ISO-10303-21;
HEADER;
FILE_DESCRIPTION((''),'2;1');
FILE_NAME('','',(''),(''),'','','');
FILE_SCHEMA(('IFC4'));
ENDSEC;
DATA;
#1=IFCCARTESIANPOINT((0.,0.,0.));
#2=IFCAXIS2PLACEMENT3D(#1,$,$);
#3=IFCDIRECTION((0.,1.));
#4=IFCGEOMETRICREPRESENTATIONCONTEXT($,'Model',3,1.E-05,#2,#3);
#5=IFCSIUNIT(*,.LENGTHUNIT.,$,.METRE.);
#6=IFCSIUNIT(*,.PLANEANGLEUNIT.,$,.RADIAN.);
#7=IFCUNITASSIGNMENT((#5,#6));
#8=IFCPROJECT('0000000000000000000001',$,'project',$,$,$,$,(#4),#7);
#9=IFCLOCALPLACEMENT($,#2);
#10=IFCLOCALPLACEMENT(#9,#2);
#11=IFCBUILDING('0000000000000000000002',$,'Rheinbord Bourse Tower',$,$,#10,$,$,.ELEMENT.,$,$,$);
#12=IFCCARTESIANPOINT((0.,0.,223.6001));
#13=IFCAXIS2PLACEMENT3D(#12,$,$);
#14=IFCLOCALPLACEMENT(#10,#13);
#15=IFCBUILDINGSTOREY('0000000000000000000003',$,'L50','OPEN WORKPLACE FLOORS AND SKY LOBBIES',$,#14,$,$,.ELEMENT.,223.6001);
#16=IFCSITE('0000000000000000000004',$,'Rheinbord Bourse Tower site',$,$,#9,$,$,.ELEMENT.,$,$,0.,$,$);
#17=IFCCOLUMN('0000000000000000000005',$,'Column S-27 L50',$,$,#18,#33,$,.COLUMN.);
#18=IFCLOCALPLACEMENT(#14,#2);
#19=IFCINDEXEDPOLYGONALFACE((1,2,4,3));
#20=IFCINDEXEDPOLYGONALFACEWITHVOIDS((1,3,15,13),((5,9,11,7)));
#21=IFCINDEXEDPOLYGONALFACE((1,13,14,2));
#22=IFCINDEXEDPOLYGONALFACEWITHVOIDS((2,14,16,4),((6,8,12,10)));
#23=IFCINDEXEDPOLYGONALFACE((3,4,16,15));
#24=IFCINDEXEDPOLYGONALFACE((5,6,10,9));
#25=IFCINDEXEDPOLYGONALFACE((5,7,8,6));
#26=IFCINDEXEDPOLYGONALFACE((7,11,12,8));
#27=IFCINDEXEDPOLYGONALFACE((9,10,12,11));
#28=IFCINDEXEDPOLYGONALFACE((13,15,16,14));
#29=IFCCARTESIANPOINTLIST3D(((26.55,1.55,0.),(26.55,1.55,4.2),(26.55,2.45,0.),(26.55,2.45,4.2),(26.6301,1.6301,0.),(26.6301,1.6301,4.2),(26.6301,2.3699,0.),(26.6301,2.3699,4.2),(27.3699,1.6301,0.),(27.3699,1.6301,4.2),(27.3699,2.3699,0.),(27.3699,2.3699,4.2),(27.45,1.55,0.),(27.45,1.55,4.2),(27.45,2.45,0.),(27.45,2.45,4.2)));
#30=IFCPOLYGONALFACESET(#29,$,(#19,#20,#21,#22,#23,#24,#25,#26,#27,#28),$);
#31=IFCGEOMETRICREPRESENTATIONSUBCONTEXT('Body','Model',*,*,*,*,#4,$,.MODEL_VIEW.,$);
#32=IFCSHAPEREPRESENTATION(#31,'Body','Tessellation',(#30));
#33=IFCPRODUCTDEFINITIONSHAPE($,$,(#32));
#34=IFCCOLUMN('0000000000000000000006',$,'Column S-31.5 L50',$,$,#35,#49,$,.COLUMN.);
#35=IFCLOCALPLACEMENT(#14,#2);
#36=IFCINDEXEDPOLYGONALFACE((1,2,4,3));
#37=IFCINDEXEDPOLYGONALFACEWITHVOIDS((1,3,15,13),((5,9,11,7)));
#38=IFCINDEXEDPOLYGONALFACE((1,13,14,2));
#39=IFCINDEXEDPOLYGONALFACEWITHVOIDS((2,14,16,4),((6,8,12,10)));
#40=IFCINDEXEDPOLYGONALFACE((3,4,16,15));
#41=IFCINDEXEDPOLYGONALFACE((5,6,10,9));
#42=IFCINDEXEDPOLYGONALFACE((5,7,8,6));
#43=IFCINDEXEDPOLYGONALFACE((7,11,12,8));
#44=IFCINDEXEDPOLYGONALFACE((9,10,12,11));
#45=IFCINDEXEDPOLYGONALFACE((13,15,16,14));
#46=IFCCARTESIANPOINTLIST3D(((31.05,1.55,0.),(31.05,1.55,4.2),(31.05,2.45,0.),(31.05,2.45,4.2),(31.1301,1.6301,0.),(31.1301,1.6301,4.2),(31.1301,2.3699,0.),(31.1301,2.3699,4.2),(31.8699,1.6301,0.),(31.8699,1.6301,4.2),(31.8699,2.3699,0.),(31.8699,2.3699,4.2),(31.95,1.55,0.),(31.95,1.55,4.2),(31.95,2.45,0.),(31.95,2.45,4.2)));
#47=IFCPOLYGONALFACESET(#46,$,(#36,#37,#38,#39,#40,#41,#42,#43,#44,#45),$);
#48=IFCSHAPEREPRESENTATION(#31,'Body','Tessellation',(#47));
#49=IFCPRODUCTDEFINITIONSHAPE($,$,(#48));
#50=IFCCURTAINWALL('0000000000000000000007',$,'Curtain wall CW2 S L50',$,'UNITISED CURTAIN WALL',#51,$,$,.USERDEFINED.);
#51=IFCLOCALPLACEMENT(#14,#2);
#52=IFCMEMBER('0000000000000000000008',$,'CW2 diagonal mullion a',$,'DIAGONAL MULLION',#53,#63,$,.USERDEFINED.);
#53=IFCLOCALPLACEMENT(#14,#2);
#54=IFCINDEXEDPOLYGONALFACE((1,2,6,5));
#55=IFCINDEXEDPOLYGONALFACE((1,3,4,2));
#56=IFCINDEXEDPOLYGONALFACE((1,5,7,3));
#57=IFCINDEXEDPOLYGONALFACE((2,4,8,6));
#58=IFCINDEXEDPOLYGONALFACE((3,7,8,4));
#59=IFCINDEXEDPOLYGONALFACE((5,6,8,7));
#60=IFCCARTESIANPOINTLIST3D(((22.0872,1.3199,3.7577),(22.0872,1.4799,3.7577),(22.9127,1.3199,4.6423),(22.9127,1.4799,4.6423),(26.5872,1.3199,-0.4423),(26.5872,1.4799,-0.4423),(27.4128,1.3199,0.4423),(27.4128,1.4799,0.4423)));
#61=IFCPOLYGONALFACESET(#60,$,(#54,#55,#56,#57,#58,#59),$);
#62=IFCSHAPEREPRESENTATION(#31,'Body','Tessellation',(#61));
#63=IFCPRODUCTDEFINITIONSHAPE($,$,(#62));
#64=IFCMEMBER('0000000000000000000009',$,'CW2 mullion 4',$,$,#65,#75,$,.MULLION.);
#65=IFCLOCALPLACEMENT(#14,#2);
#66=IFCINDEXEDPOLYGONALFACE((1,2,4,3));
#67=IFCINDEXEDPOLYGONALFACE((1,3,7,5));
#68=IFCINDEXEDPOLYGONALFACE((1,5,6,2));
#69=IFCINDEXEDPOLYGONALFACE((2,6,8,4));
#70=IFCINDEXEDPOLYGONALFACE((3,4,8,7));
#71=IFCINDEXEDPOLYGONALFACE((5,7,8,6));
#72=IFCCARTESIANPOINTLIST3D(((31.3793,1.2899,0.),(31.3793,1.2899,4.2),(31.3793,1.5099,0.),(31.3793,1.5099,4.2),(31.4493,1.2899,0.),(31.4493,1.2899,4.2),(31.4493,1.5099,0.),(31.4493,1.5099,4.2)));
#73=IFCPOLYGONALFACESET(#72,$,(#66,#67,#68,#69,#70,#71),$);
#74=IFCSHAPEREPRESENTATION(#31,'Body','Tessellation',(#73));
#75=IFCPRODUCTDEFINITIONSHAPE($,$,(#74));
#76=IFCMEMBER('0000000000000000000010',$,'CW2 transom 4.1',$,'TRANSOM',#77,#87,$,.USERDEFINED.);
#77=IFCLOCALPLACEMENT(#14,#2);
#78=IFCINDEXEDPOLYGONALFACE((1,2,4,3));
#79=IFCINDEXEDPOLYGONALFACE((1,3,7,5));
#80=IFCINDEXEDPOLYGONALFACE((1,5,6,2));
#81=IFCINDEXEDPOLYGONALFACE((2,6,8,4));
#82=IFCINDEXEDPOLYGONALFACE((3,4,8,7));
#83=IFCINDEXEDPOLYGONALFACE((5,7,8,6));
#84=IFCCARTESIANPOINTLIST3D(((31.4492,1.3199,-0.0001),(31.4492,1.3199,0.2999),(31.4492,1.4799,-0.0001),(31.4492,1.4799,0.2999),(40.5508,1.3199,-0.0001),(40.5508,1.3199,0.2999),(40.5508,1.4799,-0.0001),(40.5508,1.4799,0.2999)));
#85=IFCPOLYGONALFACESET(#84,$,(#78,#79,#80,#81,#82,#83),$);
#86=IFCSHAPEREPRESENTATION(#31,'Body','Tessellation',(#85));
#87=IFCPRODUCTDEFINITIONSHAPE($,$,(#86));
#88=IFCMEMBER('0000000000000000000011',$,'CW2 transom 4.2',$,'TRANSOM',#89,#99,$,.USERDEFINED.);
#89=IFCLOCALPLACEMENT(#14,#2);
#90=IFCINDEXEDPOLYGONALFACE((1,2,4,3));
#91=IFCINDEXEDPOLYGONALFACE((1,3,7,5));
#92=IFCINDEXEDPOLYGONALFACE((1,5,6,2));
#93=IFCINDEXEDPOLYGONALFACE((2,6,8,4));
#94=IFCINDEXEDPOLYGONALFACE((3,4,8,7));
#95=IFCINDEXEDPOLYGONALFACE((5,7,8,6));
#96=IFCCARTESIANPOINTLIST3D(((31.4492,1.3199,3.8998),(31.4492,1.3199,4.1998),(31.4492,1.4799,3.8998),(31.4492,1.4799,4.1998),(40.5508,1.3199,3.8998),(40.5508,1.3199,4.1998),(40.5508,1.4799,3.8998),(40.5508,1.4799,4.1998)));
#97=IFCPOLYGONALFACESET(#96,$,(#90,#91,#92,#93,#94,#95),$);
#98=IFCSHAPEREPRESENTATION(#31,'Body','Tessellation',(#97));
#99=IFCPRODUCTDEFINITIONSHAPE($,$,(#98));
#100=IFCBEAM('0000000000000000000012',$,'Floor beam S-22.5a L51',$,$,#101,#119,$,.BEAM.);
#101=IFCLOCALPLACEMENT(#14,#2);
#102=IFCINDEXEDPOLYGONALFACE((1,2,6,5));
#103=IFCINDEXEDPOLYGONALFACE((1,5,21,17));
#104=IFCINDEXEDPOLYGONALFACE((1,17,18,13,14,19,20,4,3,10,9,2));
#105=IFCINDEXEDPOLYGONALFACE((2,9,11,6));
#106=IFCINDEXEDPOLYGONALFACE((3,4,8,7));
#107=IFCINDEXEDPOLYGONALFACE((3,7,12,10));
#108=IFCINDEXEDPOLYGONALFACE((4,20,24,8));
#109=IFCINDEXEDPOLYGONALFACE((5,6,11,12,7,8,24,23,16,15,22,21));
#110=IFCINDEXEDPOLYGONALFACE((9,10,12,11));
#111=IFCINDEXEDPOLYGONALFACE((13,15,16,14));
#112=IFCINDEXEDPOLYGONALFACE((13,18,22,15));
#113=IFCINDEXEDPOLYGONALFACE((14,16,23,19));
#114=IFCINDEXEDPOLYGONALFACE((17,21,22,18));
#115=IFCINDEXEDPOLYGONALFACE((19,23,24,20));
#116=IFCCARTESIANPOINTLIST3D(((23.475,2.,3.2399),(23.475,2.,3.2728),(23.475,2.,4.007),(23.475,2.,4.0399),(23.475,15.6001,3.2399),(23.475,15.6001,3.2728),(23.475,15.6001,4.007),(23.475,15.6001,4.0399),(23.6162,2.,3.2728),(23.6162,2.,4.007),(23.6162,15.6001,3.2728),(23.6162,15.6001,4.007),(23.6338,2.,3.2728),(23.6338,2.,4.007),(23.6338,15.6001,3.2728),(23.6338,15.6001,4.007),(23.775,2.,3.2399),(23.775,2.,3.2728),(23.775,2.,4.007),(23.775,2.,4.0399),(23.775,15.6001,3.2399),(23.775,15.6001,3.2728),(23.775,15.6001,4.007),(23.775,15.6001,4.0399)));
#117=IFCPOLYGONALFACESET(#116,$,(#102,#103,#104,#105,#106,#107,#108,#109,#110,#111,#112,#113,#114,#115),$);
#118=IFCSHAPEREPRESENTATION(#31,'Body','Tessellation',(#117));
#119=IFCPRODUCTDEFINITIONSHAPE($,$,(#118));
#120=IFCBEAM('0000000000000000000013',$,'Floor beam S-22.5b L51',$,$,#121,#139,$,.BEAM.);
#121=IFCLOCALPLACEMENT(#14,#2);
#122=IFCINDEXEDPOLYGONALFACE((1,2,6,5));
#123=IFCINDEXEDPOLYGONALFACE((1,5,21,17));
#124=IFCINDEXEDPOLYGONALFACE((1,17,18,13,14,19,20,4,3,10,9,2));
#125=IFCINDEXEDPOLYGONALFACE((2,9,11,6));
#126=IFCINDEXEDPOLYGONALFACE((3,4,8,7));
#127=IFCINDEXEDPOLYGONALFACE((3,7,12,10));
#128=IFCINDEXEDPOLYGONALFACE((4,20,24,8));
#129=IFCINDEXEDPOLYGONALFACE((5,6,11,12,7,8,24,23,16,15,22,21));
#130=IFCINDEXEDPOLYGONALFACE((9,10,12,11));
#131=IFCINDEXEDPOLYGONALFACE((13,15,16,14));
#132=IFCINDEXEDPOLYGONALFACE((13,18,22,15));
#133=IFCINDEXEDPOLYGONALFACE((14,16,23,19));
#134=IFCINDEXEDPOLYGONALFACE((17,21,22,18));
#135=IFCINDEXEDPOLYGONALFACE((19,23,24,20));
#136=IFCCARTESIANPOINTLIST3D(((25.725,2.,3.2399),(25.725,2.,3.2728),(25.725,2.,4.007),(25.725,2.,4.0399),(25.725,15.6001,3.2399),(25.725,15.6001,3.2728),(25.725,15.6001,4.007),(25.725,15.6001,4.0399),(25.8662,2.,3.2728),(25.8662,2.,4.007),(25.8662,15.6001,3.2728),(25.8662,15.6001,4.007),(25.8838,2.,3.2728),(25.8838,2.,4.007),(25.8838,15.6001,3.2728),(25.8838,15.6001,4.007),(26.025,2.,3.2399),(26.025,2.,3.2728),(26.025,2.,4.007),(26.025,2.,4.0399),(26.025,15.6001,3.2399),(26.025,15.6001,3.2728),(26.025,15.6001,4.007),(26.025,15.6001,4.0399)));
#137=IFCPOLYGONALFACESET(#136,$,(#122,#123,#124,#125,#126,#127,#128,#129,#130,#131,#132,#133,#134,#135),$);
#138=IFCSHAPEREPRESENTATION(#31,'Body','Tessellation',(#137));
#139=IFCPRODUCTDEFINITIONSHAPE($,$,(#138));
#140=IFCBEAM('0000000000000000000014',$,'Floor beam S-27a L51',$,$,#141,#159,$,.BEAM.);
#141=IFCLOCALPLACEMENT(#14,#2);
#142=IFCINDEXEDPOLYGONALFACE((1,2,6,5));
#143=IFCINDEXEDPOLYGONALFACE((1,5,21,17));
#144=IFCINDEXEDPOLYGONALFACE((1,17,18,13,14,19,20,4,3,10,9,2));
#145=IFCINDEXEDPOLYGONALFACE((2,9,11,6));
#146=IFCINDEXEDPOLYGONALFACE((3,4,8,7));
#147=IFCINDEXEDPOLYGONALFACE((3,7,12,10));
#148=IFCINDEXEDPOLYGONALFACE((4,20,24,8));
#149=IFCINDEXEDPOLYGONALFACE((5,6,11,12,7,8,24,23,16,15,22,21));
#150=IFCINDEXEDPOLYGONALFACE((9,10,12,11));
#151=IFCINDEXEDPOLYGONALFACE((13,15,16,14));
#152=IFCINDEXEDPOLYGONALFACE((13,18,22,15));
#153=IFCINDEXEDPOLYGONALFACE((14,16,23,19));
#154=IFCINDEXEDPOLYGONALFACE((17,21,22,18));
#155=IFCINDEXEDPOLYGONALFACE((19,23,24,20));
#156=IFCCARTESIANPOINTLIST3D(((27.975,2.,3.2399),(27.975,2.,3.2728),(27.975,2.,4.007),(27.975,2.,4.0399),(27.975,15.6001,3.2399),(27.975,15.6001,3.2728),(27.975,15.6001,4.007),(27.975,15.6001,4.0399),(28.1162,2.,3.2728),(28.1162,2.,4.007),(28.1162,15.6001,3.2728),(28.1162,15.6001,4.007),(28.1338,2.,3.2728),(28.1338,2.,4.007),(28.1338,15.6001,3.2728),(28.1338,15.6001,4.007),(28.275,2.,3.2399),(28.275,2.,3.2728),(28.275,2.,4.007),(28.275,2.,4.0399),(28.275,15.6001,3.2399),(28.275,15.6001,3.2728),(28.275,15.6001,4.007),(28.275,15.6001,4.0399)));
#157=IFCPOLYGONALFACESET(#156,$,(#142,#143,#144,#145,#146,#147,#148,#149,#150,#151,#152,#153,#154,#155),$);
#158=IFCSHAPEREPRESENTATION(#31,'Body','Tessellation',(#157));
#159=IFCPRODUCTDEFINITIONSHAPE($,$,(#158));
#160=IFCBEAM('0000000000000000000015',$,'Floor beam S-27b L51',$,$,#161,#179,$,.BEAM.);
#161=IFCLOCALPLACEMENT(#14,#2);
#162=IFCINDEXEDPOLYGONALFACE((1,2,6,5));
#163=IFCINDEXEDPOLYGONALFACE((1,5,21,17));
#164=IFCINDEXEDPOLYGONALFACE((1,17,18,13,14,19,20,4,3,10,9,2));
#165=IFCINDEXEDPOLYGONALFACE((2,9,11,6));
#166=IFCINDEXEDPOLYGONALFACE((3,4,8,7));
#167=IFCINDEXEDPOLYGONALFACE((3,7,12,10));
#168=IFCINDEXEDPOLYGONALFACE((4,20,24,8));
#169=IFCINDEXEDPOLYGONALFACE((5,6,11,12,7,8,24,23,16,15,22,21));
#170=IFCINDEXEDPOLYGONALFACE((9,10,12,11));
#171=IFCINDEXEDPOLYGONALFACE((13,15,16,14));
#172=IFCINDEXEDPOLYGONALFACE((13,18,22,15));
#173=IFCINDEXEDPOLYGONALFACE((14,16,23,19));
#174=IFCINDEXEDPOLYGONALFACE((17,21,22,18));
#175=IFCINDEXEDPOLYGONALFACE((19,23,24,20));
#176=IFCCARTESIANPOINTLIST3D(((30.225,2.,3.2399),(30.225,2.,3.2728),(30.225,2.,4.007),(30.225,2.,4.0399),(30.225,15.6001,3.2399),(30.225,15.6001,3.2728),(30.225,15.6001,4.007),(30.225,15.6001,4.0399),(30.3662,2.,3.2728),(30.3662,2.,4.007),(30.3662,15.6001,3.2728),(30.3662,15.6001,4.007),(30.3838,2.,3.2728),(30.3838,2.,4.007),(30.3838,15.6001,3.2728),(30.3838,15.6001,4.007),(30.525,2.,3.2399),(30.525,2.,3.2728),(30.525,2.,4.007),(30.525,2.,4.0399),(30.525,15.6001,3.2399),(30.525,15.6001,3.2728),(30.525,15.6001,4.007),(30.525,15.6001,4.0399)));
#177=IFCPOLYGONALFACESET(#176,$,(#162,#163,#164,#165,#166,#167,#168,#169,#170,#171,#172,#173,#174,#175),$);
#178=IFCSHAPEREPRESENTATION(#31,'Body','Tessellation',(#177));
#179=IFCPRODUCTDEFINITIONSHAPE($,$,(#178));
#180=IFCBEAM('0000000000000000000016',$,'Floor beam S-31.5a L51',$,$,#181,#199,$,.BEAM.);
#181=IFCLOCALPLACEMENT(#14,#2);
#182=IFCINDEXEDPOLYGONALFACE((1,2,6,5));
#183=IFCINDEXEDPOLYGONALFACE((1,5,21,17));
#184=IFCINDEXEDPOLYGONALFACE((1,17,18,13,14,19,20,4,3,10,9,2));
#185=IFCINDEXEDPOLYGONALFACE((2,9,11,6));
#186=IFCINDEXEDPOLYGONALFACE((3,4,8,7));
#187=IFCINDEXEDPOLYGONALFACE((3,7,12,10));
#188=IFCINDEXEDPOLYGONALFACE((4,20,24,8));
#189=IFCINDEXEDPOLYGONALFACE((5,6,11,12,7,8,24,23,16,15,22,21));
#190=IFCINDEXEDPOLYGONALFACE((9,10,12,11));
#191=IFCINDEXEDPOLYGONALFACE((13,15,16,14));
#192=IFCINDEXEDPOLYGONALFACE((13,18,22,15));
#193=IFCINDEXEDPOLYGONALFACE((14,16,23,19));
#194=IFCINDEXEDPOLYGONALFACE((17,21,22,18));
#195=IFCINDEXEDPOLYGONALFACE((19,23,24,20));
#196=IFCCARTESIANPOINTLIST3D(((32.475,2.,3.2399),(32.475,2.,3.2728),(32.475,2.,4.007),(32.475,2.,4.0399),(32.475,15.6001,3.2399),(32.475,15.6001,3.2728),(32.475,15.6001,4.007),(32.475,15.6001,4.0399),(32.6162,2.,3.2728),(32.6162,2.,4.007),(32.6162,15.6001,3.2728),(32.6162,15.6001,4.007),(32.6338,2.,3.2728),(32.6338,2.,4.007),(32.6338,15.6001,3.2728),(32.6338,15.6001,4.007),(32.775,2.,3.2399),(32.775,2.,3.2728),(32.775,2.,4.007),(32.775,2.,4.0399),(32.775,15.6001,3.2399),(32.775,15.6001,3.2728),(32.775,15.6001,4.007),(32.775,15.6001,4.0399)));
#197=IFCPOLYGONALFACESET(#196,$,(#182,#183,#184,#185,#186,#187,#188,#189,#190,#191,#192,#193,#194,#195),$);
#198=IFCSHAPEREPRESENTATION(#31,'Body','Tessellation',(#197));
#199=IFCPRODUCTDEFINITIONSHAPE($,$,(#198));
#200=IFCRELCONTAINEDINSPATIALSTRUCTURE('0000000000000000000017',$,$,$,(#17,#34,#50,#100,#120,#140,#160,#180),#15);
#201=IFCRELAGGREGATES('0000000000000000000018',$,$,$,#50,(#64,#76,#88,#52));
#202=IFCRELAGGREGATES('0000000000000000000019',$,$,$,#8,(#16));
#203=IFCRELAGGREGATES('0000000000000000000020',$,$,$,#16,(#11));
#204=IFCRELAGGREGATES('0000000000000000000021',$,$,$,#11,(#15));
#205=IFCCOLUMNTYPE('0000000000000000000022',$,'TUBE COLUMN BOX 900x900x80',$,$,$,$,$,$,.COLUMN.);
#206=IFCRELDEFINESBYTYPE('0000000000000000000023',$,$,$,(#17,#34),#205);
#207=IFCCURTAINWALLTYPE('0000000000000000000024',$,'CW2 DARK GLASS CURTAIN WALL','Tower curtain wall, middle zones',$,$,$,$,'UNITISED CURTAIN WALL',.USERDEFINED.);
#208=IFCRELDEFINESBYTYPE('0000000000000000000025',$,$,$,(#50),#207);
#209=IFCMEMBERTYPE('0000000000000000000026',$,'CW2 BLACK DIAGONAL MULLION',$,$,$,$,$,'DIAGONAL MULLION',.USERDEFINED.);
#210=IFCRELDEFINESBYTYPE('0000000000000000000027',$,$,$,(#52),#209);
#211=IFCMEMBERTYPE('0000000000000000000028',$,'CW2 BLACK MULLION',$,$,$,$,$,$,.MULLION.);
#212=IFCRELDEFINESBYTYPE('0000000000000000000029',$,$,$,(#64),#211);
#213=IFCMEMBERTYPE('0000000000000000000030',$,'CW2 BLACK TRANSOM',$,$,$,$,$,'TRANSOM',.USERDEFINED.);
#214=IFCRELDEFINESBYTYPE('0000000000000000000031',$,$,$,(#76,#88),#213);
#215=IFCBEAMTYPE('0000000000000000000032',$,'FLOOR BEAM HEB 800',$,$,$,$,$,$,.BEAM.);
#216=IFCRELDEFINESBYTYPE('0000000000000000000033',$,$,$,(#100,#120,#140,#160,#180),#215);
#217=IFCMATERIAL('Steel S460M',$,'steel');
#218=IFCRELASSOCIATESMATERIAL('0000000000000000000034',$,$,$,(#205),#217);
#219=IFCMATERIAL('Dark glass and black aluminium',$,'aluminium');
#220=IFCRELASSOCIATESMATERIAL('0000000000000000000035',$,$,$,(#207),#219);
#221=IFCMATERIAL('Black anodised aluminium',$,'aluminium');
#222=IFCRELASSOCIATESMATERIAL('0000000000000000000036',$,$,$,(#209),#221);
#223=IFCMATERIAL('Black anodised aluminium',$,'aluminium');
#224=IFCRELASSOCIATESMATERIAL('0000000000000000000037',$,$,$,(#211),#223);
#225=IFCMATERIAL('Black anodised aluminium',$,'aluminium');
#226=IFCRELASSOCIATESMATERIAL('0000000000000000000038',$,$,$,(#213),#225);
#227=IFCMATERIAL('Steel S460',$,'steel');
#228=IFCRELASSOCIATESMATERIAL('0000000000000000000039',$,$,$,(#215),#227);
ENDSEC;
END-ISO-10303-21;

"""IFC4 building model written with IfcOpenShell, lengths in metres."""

from ifc_helpers import new_model, si_unit, direction, frame, origin, origin_2d, place, context, subcontext, project, spatial, rectangle, hollow_rectangle, i_section, extrude, material, material_profile, profile_set, type_object, element, aggregate, save


model = new_model("IFC4")

# Units and contexts
model_context = context("Model", 3, precision=1e-05, world=origin(), true_north=direction((0.0, 1.0)))
body_context = subcontext(model_context, "Body", "Model", "MODEL_VIEW")
ifc_project = project(units=[si_unit("LENGTHUNIT", "METRE"), si_unit("PLANEANGLEUNIT", "RADIAN")], contexts=[model_context])

# Site, building, storey
site_placement = place(None, origin())
site = spatial("IfcSite", under=ifc_project, at=site_placement, Name="Rheinbord Bourse Tower site", CompositionType="ELEMENT", RefElevation=0.0)
building_placement = place(site_placement, origin())
building = spatial("IfcBuilding", under=site, at=building_placement, Name="Rheinbord Bourse Tower", CompositionType="ELEMENT")
storey_placement = place(building_placement, frame((0.0, 0.0, 223.6001)))
storey = spatial("IfcBuildingStorey", under=building, at=storey_placement, Name="L50", Description="OPEN WORKPLACE FLOORS AND SKY LOBBIES", CompositionType="ELEMENT", Elevation=223.6001)

# Columns
ifc_material_1 = material(Name="Steel S460M", Category="steel")
ifc_material_profile_1 = material_profile(ifc_material_1, hollow_rectangle(XDim=0.8999, YDim=0.8999, WallThickness=0.0801, at=origin_2d()), Name="BOX 900x900x80")
ifc_profile_set_1 = profile_set([ifc_material_profile_1], Name="Steel S460M")
column_type = type_object("IfcColumnType", Name="TUBE COLUMN BOX 900x900x80", PredefinedType="COLUMN", material=ifc_profile_set_1)
for number, where, z_axis, x_axis, name in (
    (1, (27.0, 2.0, 0.0), (0.0, 0.0, 1.0), (0.0, 1.0, 0.0), "Column S-27 L50"),
    (2, (31.5, 2.0, 0.0), (0.0, 0.0, 1.0), (0.0, 1.0, 0.0), "Column S-31.5 L50"),
):
    element("IfcColumn", number, at=place(storey_placement, frame(where, z_axis=z_axis, x_axis=x_axis)), inside=storey, type_object=column_type, Name=name, PredefinedType="COLUMN", context=body_context, shape_type="SweptSolid", body=[
        extrude(hollow_rectangle(XDim=0.8999, YDim=0.8999, WallThickness=0.0801, at=origin_2d()), origin(), (0.0, 0.0, 1.0), 4.2),
    ])

# Curtain wall, members
ifc_material_2 = material(Name="Dark glass and black aluminium", Category="aluminium")
curtain_wall_type = type_object("IfcCurtainWallType", Name="CW2 DARK GLASS CURTAIN WALL", Description="Tower curtain wall, middle zones", ElementType="UNITISED CURTAIN WALL", PredefinedType="USERDEFINED", material=ifc_material_2)
curtain_wall_placement = place(storey_placement, origin())
curtain_wall = element("IfcCurtainWall", 3, at=curtain_wall_placement, inside=storey, type_object=curtain_wall_type, Name="Curtain wall CW2 S L50", ObjectType="UNITISED CURTAIN WALL", PredefinedType="USERDEFINED")
ifc_material_3 = material(Name="Black anodised aluminium", Category="aluminium")
ifc_material_profile_2 = material_profile(ifc_material_3, rectangle(XDim=0.1599, YDim=1.21, at=origin_2d()), Name="CW2 DIAGONAL MULLION 1210x160")
ifc_profile_set_2 = profile_set([ifc_material_profile_2], Name="Black anodised aluminium")
member_type_1 = type_object("IfcMemberType", Name="CW2 BLACK DIAGONAL MULLION", ElementType="DIAGONAL MULLION", PredefinedType="USERDEFINED", material=ifc_profile_set_2)
member_1_placement = place(storey_placement, frame((27.0, 1.3999, 0.0), z_axis=(-0.731059, 0.0, 0.682314), x_axis=(0.0, -1.0, 0.0)))
member_1 = element("IfcMember", 4, at=member_1_placement, type_object=member_type_1, Name="CW2 diagonal mullion a", ObjectType="DIAGONAL MULLION", PredefinedType="USERDEFINED", context=body_context, shape_type="SweptSolid", body=[
    extrude(rectangle(XDim=0.1599, YDim=1.21, at=origin_2d()), origin(), (0.0, 0.0, 1.0), 6.1555),
])
ifc_material_4 = material(Name="Black anodised aluminium", Category="aluminium")
ifc_material_profile_3 = material_profile(ifc_material_4, rectangle(XDim=0.22, YDim=0.0701, at=origin_2d()), Name="CW2 MULLION 70x220")
ifc_profile_set_3 = profile_set([ifc_material_profile_3], Name="Black anodised aluminium")
member_type_2 = type_object("IfcMemberType", Name="CW2 BLACK MULLION", PredefinedType="MULLION", material=ifc_profile_set_3)
member_2_placement = place(storey_placement, frame((31.4143, 1.3999, 0.0), z_axis=(0.0, 0.0, 1.0), x_axis=(0.0, 1.0, 0.0)))
member_2 = element("IfcMember", 5, at=member_2_placement, type_object=member_type_2, Name="CW2 mullion 4", PredefinedType="MULLION", context=body_context, shape_type="SweptSolid", body=[
    extrude(rectangle(XDim=0.22, YDim=0.0701, at=origin_2d()), origin(), (0.0, 0.0, 1.0), 4.2),
])
ifc_material_5 = material(Name="Black anodised aluminium", Category="aluminium")
ifc_material_profile_4 = material_profile(ifc_material_5, rectangle(XDim=0.1599, YDim=0.3, at=origin_2d()), Name="CW2 TRANSOM 300x160")
ifc_profile_set_4 = profile_set([ifc_material_profile_4], Name="Black anodised aluminium")
member_type_3 = type_object("IfcMemberType", Name="CW2 BLACK TRANSOM", ElementType="TRANSOM", PredefinedType="USERDEFINED", material=ifc_profile_set_4)
member_3_placement = place(storey_placement, frame((31.4492, 1.3999, 0.1499), z_axis=(1.0, 0.0, 0.0), x_axis=(0.0, 1.0, 0.0)))
member_3 = element("IfcMember", 6, at=member_3_placement, type_object=member_type_3, Name="CW2 transom 4.1", ObjectType="TRANSOM", PredefinedType="USERDEFINED", context=body_context, shape_type="SweptSolid", body=[
    extrude(rectangle(XDim=0.1599, YDim=0.3, at=origin_2d()), origin(), (0.0, 0.0, 1.0), 9.1016),
])
member_4_placement = place(storey_placement, frame((31.4492, 1.3999, 4.0498), z_axis=(1.0, 0.0, 0.0), x_axis=(0.0, 1.0, 0.0)))
member_4 = element("IfcMember", 7, at=member_4_placement, type_object=member_type_3, Name="CW2 transom 4.2", ObjectType="TRANSOM", PredefinedType="USERDEFINED", context=body_context, shape_type="SweptSolid", body=[
    extrude(rectangle(XDim=0.1599, YDim=0.3, at=origin_2d()), origin(), (0.0, 0.0, 1.0), 9.1016),
])

# Beams
ifc_material_6 = material(Name="Steel S460", Category="steel")
ifc_material_profile_5 = material_profile(ifc_material_6, i_section(OverallWidth=0.3, OverallDepth=0.8, WebThickness=0.0176, FlangeThickness=0.033, at=origin_2d()), Name="HEB 800")
ifc_profile_set_5 = profile_set([ifc_material_profile_5], Name="Steel S460")
beam_type_1 = type_object("IfcBeamType", Name="FLOOR BEAM HEB 800", PredefinedType="BEAM", material=ifc_profile_set_5)
for number, where, z_axis, x_axis, name in (
    (8, (23.625, 2.0, 3.6399), (0.0, 1.0, 0.0), (-1.0, 0.0, 0.0), "Floor beam S-22.5a L51"),
    (9, (25.875, 2.0, 3.6399), (0.0, 1.0, 0.0), (-1.0, 0.0, 0.0), "Floor beam S-22.5b L51"),
    (10, (28.125, 2.0, 3.6399), (0.0, 1.0, 0.0), (-1.0, 0.0, 0.0), "Floor beam S-27a L51"),
    (11, (30.375, 2.0, 3.6399), (0.0, 1.0, 0.0), (-1.0, 0.0, 0.0), "Floor beam S-27b L51"),
    (12, (32.625, 2.0, 3.6399), (0.0, 1.0, 0.0), (-1.0, 0.0, 0.0), "Floor beam S-31.5a L51"),
):
    element("IfcBeam", number, at=place(storey_placement, frame(where, z_axis=z_axis, x_axis=x_axis)), inside=storey, type_object=beam_type_1, Name=name, PredefinedType="BEAM", context=body_context, shape_type="SweptSolid", body=[
        extrude(i_section(OverallWidth=0.3, OverallDepth=0.8, WebThickness=0.0176, FlangeThickness=0.033, at=origin_2d()), origin(), (0.0, 0.0, 1.0), 13.6001),
    ])

aggregate(curtain_wall, [member_2, member_3, member_4, member_1])

save(model, "model.ifc")
